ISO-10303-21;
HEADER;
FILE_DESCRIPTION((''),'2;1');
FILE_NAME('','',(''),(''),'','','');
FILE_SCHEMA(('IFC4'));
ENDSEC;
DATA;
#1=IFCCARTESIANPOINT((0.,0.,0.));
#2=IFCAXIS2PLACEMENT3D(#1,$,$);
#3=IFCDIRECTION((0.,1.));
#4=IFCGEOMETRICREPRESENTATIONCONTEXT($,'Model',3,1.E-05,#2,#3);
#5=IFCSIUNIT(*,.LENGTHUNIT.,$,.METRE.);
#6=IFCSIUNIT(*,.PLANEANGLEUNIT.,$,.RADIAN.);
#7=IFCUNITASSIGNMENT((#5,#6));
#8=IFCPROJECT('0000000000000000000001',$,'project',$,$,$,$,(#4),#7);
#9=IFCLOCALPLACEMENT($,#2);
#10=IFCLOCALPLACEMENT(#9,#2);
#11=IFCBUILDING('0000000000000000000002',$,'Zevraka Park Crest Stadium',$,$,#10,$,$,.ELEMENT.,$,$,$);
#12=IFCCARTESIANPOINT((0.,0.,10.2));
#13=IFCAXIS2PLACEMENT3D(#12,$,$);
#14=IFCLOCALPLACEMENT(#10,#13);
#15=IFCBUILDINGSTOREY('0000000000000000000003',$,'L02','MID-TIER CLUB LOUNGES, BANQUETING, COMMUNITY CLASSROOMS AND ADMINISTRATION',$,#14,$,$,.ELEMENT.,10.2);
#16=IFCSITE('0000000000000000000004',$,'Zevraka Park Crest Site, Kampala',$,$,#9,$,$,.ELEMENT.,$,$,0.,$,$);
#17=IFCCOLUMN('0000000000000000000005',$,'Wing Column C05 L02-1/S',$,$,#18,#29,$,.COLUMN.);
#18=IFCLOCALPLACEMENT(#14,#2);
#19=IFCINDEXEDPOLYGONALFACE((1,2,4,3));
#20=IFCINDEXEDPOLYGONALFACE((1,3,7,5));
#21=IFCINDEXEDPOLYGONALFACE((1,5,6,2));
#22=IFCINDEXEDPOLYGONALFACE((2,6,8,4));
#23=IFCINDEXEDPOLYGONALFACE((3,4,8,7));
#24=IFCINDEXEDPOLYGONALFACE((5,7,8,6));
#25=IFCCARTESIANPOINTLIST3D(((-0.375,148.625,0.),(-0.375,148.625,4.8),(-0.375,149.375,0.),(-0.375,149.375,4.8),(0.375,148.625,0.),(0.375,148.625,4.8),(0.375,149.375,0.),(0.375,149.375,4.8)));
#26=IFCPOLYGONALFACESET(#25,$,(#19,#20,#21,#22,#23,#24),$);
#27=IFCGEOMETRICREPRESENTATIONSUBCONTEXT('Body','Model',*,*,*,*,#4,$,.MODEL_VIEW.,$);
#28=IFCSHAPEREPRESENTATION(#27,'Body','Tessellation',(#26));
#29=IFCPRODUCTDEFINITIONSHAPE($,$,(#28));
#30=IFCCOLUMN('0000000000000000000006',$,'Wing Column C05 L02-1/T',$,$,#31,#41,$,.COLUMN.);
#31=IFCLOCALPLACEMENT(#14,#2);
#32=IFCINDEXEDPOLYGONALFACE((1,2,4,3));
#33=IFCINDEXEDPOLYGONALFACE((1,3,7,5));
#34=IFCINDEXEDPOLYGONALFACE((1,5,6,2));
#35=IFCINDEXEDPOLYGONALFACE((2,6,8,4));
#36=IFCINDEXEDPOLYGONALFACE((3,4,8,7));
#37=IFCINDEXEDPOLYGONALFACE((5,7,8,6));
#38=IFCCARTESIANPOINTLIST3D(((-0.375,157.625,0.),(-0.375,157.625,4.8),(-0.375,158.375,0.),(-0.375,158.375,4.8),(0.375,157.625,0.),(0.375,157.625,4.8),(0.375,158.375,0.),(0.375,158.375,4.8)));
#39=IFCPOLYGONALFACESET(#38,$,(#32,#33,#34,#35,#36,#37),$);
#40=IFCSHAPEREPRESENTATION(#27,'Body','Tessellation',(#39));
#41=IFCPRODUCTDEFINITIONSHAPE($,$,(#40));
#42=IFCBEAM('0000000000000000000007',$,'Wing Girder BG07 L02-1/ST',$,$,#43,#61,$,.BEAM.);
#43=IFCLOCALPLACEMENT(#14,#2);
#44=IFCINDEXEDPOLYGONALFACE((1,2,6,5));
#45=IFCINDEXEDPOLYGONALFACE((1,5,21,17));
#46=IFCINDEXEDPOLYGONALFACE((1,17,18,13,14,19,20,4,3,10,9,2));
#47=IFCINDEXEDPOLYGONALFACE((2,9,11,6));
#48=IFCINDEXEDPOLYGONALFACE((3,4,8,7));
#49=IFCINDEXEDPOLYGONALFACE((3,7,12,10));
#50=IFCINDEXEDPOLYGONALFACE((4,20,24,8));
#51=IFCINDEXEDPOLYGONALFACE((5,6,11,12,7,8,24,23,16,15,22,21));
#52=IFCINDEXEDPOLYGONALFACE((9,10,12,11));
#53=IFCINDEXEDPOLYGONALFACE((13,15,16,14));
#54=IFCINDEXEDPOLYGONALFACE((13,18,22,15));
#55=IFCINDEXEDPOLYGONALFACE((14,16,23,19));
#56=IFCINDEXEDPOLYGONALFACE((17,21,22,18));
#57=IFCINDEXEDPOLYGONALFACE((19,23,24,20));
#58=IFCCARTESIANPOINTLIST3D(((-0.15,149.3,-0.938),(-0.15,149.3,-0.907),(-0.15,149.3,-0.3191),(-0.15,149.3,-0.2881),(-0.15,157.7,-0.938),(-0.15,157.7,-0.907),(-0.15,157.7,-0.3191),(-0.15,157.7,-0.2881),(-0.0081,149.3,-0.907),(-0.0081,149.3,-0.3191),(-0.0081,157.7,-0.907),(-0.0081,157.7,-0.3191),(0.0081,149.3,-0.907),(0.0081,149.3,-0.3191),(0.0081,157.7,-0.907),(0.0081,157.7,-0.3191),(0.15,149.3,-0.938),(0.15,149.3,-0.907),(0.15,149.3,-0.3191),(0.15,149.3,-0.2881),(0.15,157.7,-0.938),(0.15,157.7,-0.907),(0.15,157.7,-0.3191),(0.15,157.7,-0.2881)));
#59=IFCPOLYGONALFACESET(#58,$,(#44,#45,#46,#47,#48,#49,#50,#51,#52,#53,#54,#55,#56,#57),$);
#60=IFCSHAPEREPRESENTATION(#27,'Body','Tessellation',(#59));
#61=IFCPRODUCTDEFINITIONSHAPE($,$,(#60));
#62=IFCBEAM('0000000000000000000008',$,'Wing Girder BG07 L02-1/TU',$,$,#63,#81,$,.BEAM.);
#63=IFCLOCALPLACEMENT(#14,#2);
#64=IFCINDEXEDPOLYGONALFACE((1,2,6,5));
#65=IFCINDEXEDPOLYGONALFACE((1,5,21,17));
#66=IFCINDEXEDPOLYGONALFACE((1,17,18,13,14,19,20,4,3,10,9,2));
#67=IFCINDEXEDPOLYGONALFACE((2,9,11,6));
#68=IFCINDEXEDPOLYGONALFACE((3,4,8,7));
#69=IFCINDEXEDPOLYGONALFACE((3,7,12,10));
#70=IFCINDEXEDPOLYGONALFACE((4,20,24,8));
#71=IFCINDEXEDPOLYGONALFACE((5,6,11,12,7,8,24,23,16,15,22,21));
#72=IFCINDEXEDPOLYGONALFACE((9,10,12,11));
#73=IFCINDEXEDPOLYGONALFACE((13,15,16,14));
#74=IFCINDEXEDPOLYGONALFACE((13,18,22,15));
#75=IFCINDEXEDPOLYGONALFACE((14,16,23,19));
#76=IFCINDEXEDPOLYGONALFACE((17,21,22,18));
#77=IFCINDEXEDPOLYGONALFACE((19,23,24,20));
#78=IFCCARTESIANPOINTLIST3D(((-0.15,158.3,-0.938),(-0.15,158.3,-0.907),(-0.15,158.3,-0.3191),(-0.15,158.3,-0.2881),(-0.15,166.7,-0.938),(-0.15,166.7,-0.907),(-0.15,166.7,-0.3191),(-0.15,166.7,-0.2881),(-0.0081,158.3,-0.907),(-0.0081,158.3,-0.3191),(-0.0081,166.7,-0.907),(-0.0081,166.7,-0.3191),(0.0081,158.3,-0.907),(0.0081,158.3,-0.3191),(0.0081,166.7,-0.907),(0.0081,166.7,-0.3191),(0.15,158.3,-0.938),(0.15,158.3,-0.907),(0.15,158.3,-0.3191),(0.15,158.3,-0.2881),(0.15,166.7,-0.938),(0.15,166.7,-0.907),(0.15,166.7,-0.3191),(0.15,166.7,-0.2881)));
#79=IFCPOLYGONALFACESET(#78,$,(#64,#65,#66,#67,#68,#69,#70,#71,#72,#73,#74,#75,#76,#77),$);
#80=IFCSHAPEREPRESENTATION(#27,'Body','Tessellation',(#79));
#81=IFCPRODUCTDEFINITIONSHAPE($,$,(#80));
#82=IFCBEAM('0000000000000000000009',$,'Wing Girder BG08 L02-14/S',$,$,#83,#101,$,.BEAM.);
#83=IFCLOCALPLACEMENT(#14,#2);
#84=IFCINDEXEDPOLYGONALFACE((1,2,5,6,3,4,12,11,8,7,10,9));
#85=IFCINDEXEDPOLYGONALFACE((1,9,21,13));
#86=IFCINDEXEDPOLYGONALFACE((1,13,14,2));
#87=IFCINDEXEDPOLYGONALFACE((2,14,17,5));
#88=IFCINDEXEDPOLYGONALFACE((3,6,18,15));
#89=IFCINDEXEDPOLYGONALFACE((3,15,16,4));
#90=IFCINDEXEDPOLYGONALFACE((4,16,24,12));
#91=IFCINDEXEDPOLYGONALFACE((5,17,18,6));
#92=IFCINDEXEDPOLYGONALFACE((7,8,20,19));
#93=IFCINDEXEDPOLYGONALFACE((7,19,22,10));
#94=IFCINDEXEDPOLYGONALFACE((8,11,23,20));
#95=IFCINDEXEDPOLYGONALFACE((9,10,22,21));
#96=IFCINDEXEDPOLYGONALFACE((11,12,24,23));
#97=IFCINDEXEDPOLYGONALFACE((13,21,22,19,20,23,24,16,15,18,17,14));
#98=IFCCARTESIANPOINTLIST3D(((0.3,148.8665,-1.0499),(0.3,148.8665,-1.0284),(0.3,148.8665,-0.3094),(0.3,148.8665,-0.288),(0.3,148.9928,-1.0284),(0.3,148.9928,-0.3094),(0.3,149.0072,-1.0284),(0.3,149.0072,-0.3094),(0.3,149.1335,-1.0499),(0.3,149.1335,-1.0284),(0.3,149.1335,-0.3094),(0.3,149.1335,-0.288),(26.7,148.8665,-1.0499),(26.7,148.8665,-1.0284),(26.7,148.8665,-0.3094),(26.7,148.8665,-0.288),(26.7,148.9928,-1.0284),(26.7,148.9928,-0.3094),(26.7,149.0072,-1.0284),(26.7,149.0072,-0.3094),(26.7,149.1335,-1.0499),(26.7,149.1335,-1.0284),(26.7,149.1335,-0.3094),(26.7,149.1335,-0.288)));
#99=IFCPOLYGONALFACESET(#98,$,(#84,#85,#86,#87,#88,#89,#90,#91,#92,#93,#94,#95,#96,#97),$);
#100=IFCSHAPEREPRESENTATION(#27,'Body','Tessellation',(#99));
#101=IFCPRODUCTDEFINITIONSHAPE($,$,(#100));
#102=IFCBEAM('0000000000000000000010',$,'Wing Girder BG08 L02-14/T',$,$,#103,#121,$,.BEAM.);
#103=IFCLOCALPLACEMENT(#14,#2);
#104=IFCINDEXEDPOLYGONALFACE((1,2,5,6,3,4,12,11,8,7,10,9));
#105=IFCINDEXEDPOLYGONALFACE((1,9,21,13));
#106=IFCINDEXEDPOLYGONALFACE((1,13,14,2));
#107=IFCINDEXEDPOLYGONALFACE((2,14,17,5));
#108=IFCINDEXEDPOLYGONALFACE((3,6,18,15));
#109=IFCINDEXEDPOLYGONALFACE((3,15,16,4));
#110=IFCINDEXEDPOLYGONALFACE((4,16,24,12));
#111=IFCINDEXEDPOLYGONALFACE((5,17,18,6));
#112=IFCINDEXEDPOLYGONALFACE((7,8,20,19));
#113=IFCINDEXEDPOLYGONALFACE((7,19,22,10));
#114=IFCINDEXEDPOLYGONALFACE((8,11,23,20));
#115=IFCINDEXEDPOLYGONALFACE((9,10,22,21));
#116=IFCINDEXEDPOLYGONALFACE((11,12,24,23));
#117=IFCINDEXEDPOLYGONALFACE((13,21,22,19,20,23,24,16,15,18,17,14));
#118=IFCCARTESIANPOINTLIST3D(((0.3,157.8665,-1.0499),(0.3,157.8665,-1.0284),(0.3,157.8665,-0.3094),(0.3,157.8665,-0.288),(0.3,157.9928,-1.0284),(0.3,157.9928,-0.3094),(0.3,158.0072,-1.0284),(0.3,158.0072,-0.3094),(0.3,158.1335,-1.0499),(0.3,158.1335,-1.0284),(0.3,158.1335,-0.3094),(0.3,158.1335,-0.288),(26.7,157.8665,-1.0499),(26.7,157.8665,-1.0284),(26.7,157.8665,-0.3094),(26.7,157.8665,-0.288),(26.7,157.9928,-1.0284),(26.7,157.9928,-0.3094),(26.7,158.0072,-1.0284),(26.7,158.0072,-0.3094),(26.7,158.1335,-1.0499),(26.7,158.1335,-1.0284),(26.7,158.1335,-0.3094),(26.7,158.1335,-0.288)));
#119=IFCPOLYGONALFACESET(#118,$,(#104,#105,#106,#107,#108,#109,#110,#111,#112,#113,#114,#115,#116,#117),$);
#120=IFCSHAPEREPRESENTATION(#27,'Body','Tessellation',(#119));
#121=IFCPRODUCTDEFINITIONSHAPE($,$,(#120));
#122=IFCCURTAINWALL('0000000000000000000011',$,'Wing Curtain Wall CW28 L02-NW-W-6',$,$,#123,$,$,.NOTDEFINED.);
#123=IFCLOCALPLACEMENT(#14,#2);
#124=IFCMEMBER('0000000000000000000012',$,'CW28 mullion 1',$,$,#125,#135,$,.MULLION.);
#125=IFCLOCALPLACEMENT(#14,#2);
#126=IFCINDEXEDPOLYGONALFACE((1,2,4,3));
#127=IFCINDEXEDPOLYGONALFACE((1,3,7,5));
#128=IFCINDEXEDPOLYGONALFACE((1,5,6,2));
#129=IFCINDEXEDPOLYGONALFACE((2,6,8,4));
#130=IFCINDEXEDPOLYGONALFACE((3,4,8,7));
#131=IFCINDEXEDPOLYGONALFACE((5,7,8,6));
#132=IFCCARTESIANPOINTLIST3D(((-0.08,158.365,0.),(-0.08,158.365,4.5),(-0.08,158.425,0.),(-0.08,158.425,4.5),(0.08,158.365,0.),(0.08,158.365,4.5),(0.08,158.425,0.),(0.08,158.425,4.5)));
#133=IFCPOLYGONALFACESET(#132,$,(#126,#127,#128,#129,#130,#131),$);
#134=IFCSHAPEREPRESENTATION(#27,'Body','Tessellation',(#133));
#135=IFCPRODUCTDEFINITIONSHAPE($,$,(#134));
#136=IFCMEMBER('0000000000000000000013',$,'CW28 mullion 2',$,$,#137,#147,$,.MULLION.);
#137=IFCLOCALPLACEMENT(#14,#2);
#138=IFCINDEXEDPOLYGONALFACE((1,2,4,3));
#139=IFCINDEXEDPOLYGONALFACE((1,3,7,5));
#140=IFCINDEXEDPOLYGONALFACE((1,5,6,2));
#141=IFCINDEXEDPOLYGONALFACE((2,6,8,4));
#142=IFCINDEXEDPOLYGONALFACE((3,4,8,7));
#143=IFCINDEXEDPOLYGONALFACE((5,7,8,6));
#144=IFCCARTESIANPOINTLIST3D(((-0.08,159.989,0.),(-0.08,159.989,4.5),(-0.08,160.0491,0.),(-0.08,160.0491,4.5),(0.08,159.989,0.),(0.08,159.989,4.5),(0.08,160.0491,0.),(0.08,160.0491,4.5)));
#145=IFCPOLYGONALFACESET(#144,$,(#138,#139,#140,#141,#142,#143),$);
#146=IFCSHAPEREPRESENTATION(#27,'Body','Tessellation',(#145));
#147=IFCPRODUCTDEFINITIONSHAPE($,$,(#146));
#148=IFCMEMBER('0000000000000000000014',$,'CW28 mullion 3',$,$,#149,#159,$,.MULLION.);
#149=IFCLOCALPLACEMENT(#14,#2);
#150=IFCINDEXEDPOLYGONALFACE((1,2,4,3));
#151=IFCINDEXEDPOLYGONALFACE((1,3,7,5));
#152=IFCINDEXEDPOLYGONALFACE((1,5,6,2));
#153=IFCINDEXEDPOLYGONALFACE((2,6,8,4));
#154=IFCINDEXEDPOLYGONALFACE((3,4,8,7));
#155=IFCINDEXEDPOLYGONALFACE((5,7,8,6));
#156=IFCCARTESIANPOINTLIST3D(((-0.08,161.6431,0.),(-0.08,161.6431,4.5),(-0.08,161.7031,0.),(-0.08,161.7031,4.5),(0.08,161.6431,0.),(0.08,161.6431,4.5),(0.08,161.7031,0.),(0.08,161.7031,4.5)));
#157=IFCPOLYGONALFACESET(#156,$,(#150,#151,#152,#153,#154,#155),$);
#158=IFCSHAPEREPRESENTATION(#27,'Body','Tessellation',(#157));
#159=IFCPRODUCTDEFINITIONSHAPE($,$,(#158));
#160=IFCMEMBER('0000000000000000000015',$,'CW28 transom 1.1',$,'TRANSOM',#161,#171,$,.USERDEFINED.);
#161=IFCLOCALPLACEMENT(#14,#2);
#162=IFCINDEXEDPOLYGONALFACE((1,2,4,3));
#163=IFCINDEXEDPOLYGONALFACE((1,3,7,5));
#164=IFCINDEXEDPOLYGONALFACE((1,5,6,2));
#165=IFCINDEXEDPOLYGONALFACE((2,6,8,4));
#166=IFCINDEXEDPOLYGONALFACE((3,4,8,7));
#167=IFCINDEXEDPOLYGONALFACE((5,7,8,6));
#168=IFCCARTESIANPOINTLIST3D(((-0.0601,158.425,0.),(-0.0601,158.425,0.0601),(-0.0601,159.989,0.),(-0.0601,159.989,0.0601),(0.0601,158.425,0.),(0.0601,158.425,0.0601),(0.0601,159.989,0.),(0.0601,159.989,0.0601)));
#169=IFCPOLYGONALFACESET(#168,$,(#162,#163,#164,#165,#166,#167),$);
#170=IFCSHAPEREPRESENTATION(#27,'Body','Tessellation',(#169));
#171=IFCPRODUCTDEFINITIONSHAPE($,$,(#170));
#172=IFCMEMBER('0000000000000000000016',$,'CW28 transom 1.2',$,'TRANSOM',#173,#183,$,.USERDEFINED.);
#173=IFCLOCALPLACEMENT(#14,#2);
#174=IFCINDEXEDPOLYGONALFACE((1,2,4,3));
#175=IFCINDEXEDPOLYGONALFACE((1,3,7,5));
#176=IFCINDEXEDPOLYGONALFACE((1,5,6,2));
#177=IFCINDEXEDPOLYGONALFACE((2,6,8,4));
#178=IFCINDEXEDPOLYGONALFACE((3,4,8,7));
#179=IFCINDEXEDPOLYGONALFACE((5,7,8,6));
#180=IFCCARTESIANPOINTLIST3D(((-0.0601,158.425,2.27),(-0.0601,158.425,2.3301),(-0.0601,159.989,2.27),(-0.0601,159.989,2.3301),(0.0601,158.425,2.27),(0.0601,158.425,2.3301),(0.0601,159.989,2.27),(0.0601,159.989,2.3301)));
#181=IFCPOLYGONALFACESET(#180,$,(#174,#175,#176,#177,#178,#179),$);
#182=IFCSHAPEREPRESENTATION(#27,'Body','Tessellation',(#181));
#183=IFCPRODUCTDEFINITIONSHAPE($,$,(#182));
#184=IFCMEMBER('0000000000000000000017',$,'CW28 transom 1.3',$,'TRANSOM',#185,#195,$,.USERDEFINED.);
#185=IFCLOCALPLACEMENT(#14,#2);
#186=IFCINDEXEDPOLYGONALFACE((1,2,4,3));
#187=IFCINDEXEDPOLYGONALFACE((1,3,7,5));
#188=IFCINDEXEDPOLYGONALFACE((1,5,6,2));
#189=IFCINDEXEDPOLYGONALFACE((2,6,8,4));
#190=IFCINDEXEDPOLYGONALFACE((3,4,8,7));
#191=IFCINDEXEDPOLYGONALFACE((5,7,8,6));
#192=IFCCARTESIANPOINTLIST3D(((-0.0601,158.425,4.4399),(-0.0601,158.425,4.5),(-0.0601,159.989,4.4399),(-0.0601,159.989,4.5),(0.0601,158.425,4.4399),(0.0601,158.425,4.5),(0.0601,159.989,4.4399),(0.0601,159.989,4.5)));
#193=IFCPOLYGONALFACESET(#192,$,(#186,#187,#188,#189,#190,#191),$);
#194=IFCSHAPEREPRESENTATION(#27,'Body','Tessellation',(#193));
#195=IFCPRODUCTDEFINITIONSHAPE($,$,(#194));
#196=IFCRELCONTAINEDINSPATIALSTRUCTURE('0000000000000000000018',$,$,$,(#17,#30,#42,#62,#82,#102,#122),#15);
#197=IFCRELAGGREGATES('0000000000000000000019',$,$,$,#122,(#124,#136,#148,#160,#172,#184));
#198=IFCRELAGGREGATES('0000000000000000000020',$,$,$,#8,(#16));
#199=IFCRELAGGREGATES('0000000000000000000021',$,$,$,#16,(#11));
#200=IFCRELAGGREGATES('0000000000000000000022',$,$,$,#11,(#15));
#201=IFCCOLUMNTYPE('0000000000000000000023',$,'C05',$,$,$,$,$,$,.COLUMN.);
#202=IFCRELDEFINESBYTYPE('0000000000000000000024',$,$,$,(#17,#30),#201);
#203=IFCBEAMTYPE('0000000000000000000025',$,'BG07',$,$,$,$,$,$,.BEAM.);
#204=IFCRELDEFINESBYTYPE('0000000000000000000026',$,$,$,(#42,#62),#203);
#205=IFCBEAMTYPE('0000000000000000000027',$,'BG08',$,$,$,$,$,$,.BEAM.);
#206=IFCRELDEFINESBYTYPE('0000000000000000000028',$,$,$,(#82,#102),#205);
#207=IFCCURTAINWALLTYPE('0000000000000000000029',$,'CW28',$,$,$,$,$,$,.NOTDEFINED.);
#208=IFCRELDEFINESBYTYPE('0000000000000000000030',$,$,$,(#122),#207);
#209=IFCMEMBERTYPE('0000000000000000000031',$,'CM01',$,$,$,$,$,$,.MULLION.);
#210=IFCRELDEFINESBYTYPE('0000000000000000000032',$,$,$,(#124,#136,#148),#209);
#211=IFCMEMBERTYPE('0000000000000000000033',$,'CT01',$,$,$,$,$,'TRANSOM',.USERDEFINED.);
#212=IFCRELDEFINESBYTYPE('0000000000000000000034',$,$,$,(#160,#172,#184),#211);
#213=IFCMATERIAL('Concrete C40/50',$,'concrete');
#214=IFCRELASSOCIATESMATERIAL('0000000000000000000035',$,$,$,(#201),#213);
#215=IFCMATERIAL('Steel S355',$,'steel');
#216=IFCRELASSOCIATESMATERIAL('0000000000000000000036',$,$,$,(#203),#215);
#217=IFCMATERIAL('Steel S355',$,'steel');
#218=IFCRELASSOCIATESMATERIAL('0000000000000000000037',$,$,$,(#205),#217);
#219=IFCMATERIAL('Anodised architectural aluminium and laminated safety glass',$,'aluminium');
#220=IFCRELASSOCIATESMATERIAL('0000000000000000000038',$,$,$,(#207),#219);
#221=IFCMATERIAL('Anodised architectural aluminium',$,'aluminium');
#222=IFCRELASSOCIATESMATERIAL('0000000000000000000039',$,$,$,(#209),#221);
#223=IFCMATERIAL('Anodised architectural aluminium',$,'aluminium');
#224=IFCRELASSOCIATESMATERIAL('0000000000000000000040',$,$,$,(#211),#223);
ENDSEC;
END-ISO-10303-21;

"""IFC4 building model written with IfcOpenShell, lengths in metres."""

from ifc_helpers import new_model, si_unit, direction, frame, origin, origin_2d, place, context, subcontext, project, spatial, rectangle, i_section, extrude, material, material_profile, profile_set, type_object, element, aggregate, save


model = new_model("IFC4")

# Units and contexts
model_context = context("Model", 3, precision=1e-05, world=origin(), true_north=direction((0.0, 1.0)))
body_context = subcontext(model_context, "Body", "Model", "MODEL_VIEW")
ifc_project = project(units=[si_unit("LENGTHUNIT", "METRE"), si_unit("PLANEANGLEUNIT", "RADIAN")], contexts=[model_context])

# Site, building, storey
site_placement = place(None, origin())
site = spatial("IfcSite", under=ifc_project, at=site_placement, Name="Zevraka Park Crest Site, Kampala", CompositionType="ELEMENT", RefElevation=0.0)
building_placement = place(site_placement, origin())
building = spatial("IfcBuilding", under=site, at=building_placement, Name="Zevraka Park Crest Stadium", CompositionType="ELEMENT")
storey_placement = place(building_placement, frame((0.0, 0.0, 10.2)))
storey = spatial("IfcBuildingStorey", under=building, at=storey_placement, Name="L02", Description="MID-TIER CLUB LOUNGES, BANQUETING, COMMUNITY CLASSROOMS AND ADMINISTRATION", CompositionType="ELEMENT", Elevation=10.2)

# Columns
ifc_material_1 = material(Name="Concrete C40/50", Category="concrete")
ifc_material_profile_1 = material_profile(ifc_material_1, rectangle(XDim=0.75, YDim=0.75, at=origin_2d()), Name="RC 750x750")
ifc_profile_set_1 = profile_set([ifc_material_profile_1], Name="Concrete C40/50")
column_type = type_object("IfcColumnType", Name="C05", PredefinedType="COLUMN", material=ifc_profile_set_1)
for number, where, z_axis, x_axis, name in (
    (1, (0.0, 149.0, 0.0), (0.0, 0.0, 1.0), (1.0, 0.0, 0.0), "Wing Column C05 L02-1/S"),
    (2, (0.0, 158.0, 0.0), (0.0, 0.0, 1.0), (1.0, 0.0, 0.0), "Wing Column C05 L02-1/T"),
):
    element("IfcColumn", number, at=place(storey_placement, frame(where, z_axis=z_axis, x_axis=x_axis)), inside=storey, type_object=column_type, Name=name, PredefinedType="COLUMN", context=body_context, shape_type="SweptSolid", body=[
        extrude(rectangle(XDim=0.75, YDim=0.75, at=origin_2d()), origin(), (0.0, 0.0, 1.0), 4.8),
    ])

# Beams
ifc_material_2 = material(Name="Steel S355", Category="steel")
ifc_material_profile_2 = material_profile(ifc_material_2, i_section(OverallWidth=0.3, OverallDepth=0.6499, WebThickness=0.0161, FlangeThickness=0.031, at=origin_2d()), Name="HEB 650")
ifc_profile_set_2 = profile_set([ifc_material_profile_2], Name="Steel S355")
beam_type_1 = type_object("IfcBeamType", Name="BG07", PredefinedType="BEAM", material=ifc_profile_set_2)
for number, where, z_axis, x_axis, name in (
    (3, (0.0, 149.3, -0.613), (0.0, 1.0, 0.0), (-1.0, 0.0, 0.0), "Wing Girder BG07 L02-1/ST"),
    (4, (0.0, 158.3, -0.613), (0.0, 1.0, 0.0), (-1.0, 0.0, 0.0), "Wing Girder BG07 L02-1/TU"),
):
    element("IfcBeam", number, at=place(storey_placement, frame(where, z_axis=z_axis, x_axis=x_axis)), inside=storey, type_object=beam_type_1, Name=name, PredefinedType="BEAM", context=body_context, shape_type="SweptSolid", body=[
        extrude(i_section(OverallWidth=0.3, OverallDepth=0.6499, WebThickness=0.0161, FlangeThickness=0.031, at=origin_2d()), origin(), (0.0, 0.0, 1.0), 8.3999),
    ])
ifc_material_3 = material(Name="Steel S355", Category="steel")
ifc_material_profile_3 = material_profile(ifc_material_3, i_section(OverallWidth=0.2671, OverallDepth=0.762, WebThickness=0.0144, FlangeThickness=0.0215, at=origin_2d()), Name="UKB 762x267x173")
ifc_profile_set_3 = profile_set([ifc_material_profile_3], Name="Steel S355")
beam_type_2 = type_object("IfcBeamType", Name="BG08", PredefinedType="BEAM", material=ifc_profile_set_3)
for number, where, z_axis, x_axis, name in (
    (5, (0.3, 149.0, -0.6689), (1.0, 0.0, 0.0), (0.0, 1.0, 0.0), "Wing Girder BG08 L02-14/S"),
    (6, (0.3, 158.0, -0.6689), (1.0, 0.0, 0.0), (0.0, 1.0, 0.0), "Wing Girder BG08 L02-14/T"),
):
    element("IfcBeam", number, at=place(storey_placement, frame(where, z_axis=z_axis, x_axis=x_axis)), inside=storey, type_object=beam_type_2, Name=name, PredefinedType="BEAM", context=body_context, shape_type="SweptSolid", body=[
        extrude(i_section(OverallWidth=0.2671, OverallDepth=0.762, WebThickness=0.0144, FlangeThickness=0.0215, at=origin_2d()), origin(), (0.0, 0.0, 1.0), 26.3999),
    ])

# Curtain wall, members
ifc_material_4 = material(Name="Anodised architectural aluminium and laminated safety glass", Category="aluminium")
curtain_wall_type = type_object("IfcCurtainWallType", Name="CW28", PredefinedType="NOTDEFINED", material=ifc_material_4)
curtain_wall_placement = place(storey_placement, origin())
curtain_wall = element("IfcCurtainWall", 7, at=curtain_wall_placement, inside=storey, type_object=curtain_wall_type, Name="Wing Curtain Wall CW28 L02-NW-W-6", PredefinedType="NOTDEFINED")
ifc_material_5 = material(Name="Anodised architectural aluminium", Category="aluminium")
ifc_material_profile_4 = material_profile(ifc_material_5, rectangle(XDim=0.1599, YDim=0.0601, at=origin_2d()), Name="ALU MULLION 160x60")
ifc_profile_set_4 = profile_set([ifc_material_profile_4], Name="Anodised architectural aluminium")
member_type_1 = type_object("IfcMemberType", Name="CM01", PredefinedType="MULLION", material=ifc_profile_set_4)
member_1_placement = place(storey_placement, frame((0.0, 158.395, 0.0), z_axis=(0.0, 0.0, 1.0), x_axis=(-1.0, 0.0, 0.0)))
member_1 = element("IfcMember", 8, at=member_1_placement, type_object=member_type_1, Name="CW28 mullion 1", PredefinedType="MULLION", context=body_context, shape_type="SweptSolid", body=[
    extrude(rectangle(XDim=0.1599, YDim=0.0601, at=origin_2d()), origin(), (0.0, 0.0, 1.0), 4.5),
])
member_2_placement = place(storey_placement, frame((0.0, 160.019, 0.0), z_axis=(0.0, 0.0, 1.0), x_axis=(-1.0, 0.0, 0.0)))
member_2 = element("IfcMember", 9, at=member_2_placement, type_object=member_type_1, Name="CW28 mullion 2", PredefinedType="MULLION", context=body_context, shape_type="SweptSolid", body=[
    extrude(rectangle(XDim=0.1599, YDim=0.0601, at=origin_2d()), origin(), (0.0, 0.0, 1.0), 4.5),
])
member_3_placement = place(storey_placement, frame((0.0, 161.6731, 0.0), z_axis=(0.0, 0.0, 1.0), x_axis=(-1.0, 0.0, 0.0)))
member_3 = element("IfcMember", 10, at=member_3_placement, type_object=member_type_1, Name="CW28 mullion 3", PredefinedType="MULLION", context=body_context, shape_type="SweptSolid", body=[
    extrude(rectangle(XDim=0.1599, YDim=0.0601, at=origin_2d()), origin(), (0.0, 0.0, 1.0), 4.5),
])
ifc_material_6 = material(Name="Anodised architectural aluminium", Category="aluminium")
ifc_material_profile_5 = material_profile(ifc_material_6, rectangle(XDim=0.1201, YDim=0.0601, at=origin_2d()), Name="ALU TRANSOM 120x60")
ifc_profile_set_5 = profile_set([ifc_material_profile_5], Name="Anodised architectural aluminium")
member_type_2 = type_object("IfcMemberType", Name="CT01", ElementType="TRANSOM", PredefinedType="USERDEFINED", material=ifc_profile_set_5)
member_4_placement = place(storey_placement, frame((0.0, 158.425, 0.03), z_axis=(0.0, 1.0, 0.0), x_axis=(-1.0, 0.0, 0.0)))
member_4 = element("IfcMember", 11, at=member_4_placement, type_object=member_type_2, Name="CW28 transom 1.1", ObjectType="TRANSOM", PredefinedType="USERDEFINED", context=body_context, shape_type="SweptSolid", body=[
    extrude(rectangle(XDim=0.1201, YDim=0.0601, at=origin_2d()), origin(), (0.0, 0.0, 1.0), 1.564),
])
member_5_placement = place(storey_placement, frame((0.0, 158.425, 2.3), z_axis=(0.0, 1.0, 0.0), x_axis=(-1.0, 0.0, 0.0)))
member_5 = element("IfcMember", 12, at=member_5_placement, type_object=member_type_2, Name="CW28 transom 1.2", ObjectType="TRANSOM", PredefinedType="USERDEFINED", context=body_context, shape_type="SweptSolid", body=[
    extrude(rectangle(XDim=0.1201, YDim=0.0601, at=origin_2d()), origin(), (0.0, 0.0, 1.0), 1.564),
])
member_6_placement = place(storey_placement, frame((0.0, 158.425, 4.47), z_axis=(0.0, 1.0, 0.0), x_axis=(-1.0, 0.0, 0.0)))
member_6 = element("IfcMember", 13, at=member_6_placement, type_object=member_type_2, Name="CW28 transom 1.3", ObjectType="TRANSOM", PredefinedType="USERDEFINED", context=body_context, shape_type="SweptSolid", body=[
    extrude(rectangle(XDim=0.1201, YDim=0.0601, at=origin_2d()), origin(), (0.0, 0.0, 1.0), 1.564),
])
aggregate(curtain_wall, [member_1, member_2, member_3, member_4, member_5, member_6])

save(model, "model.ifc")
